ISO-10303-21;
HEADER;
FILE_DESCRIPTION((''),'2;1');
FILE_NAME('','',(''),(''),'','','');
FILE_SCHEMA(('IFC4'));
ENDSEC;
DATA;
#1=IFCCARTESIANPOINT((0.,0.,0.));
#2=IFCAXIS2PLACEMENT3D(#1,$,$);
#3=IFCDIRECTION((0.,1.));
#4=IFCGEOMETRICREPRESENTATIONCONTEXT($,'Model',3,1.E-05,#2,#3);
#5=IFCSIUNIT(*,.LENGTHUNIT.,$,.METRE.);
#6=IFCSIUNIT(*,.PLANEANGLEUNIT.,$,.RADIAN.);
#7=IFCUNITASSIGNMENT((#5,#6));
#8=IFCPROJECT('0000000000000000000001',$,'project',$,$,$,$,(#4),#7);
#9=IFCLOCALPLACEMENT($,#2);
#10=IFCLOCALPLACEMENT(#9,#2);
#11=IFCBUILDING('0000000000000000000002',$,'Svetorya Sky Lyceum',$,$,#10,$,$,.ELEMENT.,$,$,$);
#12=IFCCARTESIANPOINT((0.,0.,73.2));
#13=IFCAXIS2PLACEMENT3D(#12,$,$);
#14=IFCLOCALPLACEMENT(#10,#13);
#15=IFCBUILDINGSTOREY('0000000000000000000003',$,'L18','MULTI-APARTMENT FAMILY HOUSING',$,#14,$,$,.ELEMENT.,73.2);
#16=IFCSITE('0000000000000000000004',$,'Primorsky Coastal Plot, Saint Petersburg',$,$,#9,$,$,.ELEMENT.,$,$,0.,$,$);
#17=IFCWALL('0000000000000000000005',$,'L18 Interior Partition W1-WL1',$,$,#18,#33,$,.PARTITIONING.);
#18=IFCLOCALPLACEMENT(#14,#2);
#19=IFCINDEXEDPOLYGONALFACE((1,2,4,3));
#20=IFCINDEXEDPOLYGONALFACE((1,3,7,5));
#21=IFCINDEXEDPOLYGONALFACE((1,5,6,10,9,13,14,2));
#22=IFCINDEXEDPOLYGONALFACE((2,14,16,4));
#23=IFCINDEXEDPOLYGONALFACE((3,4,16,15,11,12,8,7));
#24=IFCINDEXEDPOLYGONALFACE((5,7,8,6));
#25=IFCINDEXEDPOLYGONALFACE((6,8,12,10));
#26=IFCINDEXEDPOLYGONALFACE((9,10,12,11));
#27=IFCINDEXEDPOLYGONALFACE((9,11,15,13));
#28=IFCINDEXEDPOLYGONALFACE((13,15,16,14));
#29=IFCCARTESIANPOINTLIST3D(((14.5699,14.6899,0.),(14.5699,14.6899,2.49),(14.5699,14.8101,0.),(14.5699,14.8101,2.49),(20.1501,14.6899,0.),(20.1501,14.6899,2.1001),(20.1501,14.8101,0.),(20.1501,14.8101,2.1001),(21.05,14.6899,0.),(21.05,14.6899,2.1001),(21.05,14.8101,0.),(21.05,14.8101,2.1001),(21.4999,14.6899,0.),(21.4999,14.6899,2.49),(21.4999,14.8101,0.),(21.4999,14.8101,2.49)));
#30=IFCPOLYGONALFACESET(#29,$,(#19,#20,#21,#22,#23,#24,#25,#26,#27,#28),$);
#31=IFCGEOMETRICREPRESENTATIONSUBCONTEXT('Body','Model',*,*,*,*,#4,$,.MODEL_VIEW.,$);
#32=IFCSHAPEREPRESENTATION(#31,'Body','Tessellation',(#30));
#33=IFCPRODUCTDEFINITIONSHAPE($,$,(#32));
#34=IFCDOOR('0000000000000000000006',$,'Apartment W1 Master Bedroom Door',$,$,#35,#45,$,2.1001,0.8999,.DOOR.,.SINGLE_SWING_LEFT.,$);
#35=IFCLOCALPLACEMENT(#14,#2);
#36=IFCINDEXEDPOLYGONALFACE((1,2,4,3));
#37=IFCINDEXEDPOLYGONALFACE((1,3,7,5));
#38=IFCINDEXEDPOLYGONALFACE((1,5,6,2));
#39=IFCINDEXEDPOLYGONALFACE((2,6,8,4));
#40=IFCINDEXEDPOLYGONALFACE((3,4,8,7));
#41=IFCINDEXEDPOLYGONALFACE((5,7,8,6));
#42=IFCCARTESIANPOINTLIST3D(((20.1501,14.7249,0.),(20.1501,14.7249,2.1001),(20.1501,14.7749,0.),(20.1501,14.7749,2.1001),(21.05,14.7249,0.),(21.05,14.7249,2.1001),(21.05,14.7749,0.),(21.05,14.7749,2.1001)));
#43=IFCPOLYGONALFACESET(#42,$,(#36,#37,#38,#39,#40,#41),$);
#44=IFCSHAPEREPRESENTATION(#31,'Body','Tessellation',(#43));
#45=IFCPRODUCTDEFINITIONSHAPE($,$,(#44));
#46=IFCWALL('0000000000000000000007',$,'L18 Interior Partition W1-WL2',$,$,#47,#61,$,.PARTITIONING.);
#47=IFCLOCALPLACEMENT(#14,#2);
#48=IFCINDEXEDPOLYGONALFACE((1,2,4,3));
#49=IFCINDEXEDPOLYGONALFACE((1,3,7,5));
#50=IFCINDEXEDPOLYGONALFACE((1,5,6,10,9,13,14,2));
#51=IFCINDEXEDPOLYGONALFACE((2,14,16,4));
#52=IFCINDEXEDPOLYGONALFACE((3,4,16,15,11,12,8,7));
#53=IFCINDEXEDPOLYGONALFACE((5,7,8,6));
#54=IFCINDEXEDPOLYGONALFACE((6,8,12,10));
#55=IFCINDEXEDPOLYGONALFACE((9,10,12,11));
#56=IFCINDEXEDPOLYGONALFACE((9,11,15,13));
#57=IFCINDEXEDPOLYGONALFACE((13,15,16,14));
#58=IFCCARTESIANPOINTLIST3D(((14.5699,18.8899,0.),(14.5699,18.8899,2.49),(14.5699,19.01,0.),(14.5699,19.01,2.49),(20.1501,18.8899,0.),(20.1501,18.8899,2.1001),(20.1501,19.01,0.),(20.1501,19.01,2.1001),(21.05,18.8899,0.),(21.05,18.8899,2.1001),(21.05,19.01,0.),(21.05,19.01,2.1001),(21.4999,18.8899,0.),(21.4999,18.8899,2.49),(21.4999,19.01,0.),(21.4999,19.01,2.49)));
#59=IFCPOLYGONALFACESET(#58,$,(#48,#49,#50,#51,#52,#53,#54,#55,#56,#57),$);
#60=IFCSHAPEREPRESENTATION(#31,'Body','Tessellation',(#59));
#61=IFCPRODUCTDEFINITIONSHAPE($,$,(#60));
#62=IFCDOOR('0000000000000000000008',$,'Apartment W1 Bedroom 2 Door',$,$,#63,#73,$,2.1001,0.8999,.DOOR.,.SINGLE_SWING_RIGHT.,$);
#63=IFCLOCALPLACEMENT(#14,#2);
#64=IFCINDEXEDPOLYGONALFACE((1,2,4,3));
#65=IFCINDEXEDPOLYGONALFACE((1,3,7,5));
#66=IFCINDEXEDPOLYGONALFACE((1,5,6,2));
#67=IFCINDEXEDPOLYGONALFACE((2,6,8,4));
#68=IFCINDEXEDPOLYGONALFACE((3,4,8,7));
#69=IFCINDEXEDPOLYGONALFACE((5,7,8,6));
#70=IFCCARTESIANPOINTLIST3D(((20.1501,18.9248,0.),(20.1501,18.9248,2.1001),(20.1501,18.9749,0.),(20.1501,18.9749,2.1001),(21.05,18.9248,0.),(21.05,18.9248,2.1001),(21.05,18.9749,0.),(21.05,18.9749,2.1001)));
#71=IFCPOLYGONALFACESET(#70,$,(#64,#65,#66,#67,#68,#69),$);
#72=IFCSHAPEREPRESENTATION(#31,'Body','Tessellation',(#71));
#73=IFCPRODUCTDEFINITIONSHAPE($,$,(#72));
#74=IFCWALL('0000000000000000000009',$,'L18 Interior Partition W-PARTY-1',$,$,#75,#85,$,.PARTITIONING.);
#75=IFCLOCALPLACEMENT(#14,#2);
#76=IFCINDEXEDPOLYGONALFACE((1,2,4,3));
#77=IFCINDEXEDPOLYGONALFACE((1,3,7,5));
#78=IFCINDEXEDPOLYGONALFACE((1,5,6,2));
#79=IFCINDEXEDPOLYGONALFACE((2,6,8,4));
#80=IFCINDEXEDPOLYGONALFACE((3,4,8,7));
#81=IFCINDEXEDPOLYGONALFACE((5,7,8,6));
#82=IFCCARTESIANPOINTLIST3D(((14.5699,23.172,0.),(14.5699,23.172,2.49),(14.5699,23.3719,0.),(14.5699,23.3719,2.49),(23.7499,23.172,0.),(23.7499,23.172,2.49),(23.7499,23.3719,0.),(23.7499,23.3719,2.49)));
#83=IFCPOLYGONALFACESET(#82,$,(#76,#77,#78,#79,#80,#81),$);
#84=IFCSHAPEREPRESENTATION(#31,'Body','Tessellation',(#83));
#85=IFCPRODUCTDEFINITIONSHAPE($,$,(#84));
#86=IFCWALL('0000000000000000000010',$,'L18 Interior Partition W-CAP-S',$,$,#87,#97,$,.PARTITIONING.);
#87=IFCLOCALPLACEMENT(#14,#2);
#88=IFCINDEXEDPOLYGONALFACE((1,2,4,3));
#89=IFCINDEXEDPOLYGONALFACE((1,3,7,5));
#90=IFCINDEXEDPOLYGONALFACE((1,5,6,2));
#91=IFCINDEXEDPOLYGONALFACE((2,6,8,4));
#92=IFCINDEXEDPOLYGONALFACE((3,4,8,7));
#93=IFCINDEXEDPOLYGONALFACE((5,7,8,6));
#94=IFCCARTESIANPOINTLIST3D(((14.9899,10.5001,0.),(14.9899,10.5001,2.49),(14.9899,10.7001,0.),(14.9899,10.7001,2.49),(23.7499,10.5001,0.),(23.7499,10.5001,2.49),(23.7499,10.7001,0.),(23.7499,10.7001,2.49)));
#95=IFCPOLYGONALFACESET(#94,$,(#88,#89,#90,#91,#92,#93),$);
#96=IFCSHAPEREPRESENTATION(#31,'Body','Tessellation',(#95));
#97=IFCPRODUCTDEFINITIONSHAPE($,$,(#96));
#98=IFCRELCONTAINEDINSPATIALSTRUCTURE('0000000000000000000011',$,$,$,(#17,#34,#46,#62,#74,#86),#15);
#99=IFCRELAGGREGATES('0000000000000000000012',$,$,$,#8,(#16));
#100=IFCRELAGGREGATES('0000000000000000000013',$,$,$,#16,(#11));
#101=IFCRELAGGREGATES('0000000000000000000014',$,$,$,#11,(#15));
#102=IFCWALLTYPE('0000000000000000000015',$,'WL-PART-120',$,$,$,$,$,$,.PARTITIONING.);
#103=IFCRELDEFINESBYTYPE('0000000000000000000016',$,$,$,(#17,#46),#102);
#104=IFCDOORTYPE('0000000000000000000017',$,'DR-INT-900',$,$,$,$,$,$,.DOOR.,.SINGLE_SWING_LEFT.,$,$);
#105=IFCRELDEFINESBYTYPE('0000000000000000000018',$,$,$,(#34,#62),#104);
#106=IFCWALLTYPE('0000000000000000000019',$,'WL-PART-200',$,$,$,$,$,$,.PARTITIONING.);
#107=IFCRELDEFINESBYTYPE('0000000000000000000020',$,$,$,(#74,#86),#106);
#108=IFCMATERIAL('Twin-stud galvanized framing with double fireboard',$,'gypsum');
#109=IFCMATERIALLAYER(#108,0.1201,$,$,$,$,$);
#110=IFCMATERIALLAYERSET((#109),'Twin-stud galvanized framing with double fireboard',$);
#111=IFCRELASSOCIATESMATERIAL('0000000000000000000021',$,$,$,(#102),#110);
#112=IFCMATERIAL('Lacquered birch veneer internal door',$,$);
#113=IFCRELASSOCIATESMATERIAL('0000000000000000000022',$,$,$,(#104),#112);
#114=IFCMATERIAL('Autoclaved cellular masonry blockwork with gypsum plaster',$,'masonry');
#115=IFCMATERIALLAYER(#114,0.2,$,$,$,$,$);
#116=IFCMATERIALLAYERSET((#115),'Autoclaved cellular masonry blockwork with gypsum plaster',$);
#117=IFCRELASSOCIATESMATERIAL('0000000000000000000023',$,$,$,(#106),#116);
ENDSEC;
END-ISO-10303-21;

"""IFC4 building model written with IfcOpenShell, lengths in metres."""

from ifc_helpers import new_model, si_unit, direction, frame, frame_2d, origin, place, context, subcontext, project, spatial, rectangle, extrude, material, layer, layer_set, type_object, element, fill, save


model = new_model("IFC4")

# Units and contexts
model_context = context("Model", 3, precision=1e-05, world=origin(), true_north=direction((0.0, 1.0)))
body_context = subcontext(model_context, "Body", "Model", "MODEL_VIEW")
ifc_project = project(units=[si_unit("LENGTHUNIT", "METRE"), si_unit("PLANEANGLEUNIT", "RADIAN")], contexts=[model_context])

# Site, building, storey
site_placement = place(None, origin())
site = spatial("IfcSite", under=ifc_project, at=site_placement, Name="Primorsky Coastal Plot, Saint Petersburg", CompositionType="ELEMENT", RefElevation=0.0)
building_placement = place(site_placement, origin())
building = spatial("IfcBuilding", under=site, at=building_placement, Name="Svetorya Sky Lyceum", CompositionType="ELEMENT")
storey_placement = place(building_placement, frame((0.0, 0.0, 73.2)))
storey = spatial("IfcBuildingStorey", under=building, at=storey_placement, Name="L18", Description="MULTI-APARTMENT FAMILY HOUSING", CompositionType="ELEMENT", Elevation=73.2)

# Walls, openings, doors
ifc_material_1 = material(Name="Twin-stud galvanized framing with double fireboard", Category="gypsum")
ifc_layer_1 = layer(ifc_material_1, 0.1201)
ifc_layer_set_1 = layer_set([ifc_layer_1], Name="Twin-stud galvanized framing with double fireboard")
wall_type_1 = type_object("IfcWallType", Name="WL-PART-120", PredefinedType="PARTITIONING", material=ifc_layer_set_1)
wall_1_placement = place(storey_placement, frame((14.5701, 14.75, 0.0), z_axis=(0.0, 0.0, 1.0), x_axis=(1.0, 0.0, 0.0)))
wall_1 = element("IfcWall", 1, at=wall_1_placement, inside=storey, type_object=wall_type_1, Name="L18 Interior Partition W1-WL1", PredefinedType="PARTITIONING", context=body_context, shape_type="SweptSolid", body=[
    extrude(rectangle(XDim=6.9299, YDim=0.1201, at=frame_2d((3.4648, 0.0))), origin(), (0.0, 0.0, 1.0), 2.49),
])
opening_1_placement = place(wall_1_placement, frame((5.5801, 0.0, 0.0)))
opening_1 = element("IfcOpeningElement", 2, at=opening_1_placement, cuts=wall_1, PredefinedType="OPENING", context=body_context, shape_type="SweptSolid", body=[
    extrude(rectangle(XDim=0.8999, YDim=2.1001, at=frame_2d((0.45, 1.05))), frame((0.0, 0.0701, 0.0), z_axis=(0.0, -1.0, 0.0), x_axis=(1.0, 0.0, 0.0)), (0.0, 0.0, 1.0), 0.1401),
])
ifc_material_2 = material(Name="Lacquered birch veneer internal door")
door_type = type_object("IfcDoorType", Name="DR-INT-900", OperationType="SINGLE_SWING_LEFT", PredefinedType="DOOR", material=ifc_material_2)
door_1_placement = place(opening_1_placement, origin())
door_1 = element("IfcDoor", 3, at=door_1_placement, inside=storey, type_object=door_type, Name="Apartment W1 Master Bedroom Door", OperationType="SINGLE_SWING_LEFT", OverallHeight=2.1001, OverallWidth=0.8999, PredefinedType="DOOR", context=body_context, shape_type="SweptSolid", body=[
    extrude(rectangle(XDim=0.8999, YDim=2.1001, at=frame_2d((0.45, 1.05))), frame((0.0, 0.0249, 0.0), z_axis=(0.0, -1.0, 0.0), x_axis=(1.0, 0.0, 0.0)), (0.0, 0.0, 1.0), 0.05),
])
fill(opening_1, door_1)
wall_2_placement = place(storey_placement, frame((14.5701, 18.95, 0.0), z_axis=(0.0, 0.0, 1.0), x_axis=(1.0, 0.0, 0.0)))
wall_2 = element("IfcWall", 4, at=wall_2_placement, inside=storey, type_object=wall_type_1, Name="L18 Interior Partition W1-WL2", PredefinedType="PARTITIONING", context=body_context, shape_type="SweptSolid", body=[
    extrude(rectangle(XDim=6.9299, YDim=0.1201, at=frame_2d((3.4648, 0.0))), origin(), (0.0, 0.0, 1.0), 2.49),
])
opening_2_placement = place(wall_2_placement, frame((5.5801, 0.0, 0.0)))
opening_2 = element("IfcOpeningElement", 5, at=opening_2_placement, cuts=wall_2, PredefinedType="OPENING", context=body_context, shape_type="SweptSolid", body=[
    extrude(rectangle(XDim=0.8999, YDim=2.1001, at=frame_2d((0.45, 1.05))), frame((0.0, 0.0701, 0.0), z_axis=(0.0, -1.0, 0.0), x_axis=(1.0, 0.0, 0.0)), (0.0, 0.0, 1.0), 0.1401),
])
door_2_placement = place(opening_2_placement, origin())
door_2 = element("IfcDoor", 6, at=door_2_placement, inside=storey, type_object=door_type, Name="Apartment W1 Bedroom 2 Door", OperationType="SINGLE_SWING_RIGHT", OverallHeight=2.1001, OverallWidth=0.8999, PredefinedType="DOOR", context=body_context, shape_type="SweptSolid", body=[
    extrude(rectangle(XDim=0.8999, YDim=2.1001, at=frame_2d((0.45, 1.05))), frame((0.0, 0.0249, 0.0), z_axis=(0.0, -1.0, 0.0), x_axis=(1.0, 0.0, 0.0)), (0.0, 0.0, 1.0), 0.05),
])
fill(opening_2, door_2)

# Walls
ifc_material_3 = material(Name="Autoclaved cellular masonry blockwork with gypsum plaster", Category="masonry")
ifc_layer_2 = layer(ifc_material_3, 0.2)
ifc_layer_set_2 = layer_set([ifc_layer_2], Name="Autoclaved cellular masonry blockwork with gypsum plaster")
wall_type_2 = type_object("IfcWallType", Name="WL-PART-200", PredefinedType="PARTITIONING", material=ifc_layer_set_2)
wall_3_placement = place(storey_placement, frame((14.5701, 23.272, 0.0), z_axis=(0.0, 0.0, 1.0), x_axis=(1.0, 0.0, 0.0)))
element("IfcWall", 7, at=wall_3_placement, inside=storey, type_object=wall_type_2, Name="L18 Interior Partition W-PARTY-1", PredefinedType="PARTITIONING", context=body_context, shape_type="SweptSolid", body=[
    extrude(rectangle(XDim=9.1799, YDim=0.2, at=frame_2d((4.5898, 0.0))), origin(), (0.0, 0.0, 1.0), 2.49),
])
wall_4_placement = place(storey_placement, frame((14.99, 10.6001, 0.0), z_axis=(0.0, 0.0, 1.0), x_axis=(1.0, 0.0, 0.0)))
element("IfcWall", 8, at=wall_4_placement, inside=storey, type_object=wall_type_2, Name="L18 Interior Partition W-CAP-S", PredefinedType="PARTITIONING", context=body_context, shape_type="SweptSolid", body=[
    extrude(rectangle(XDim=8.76, YDim=0.2, at=frame_2d((4.3799, 0.0))), origin(), (0.0, 0.0, 1.0), 2.49),
])

save(model, "model.ifc")
